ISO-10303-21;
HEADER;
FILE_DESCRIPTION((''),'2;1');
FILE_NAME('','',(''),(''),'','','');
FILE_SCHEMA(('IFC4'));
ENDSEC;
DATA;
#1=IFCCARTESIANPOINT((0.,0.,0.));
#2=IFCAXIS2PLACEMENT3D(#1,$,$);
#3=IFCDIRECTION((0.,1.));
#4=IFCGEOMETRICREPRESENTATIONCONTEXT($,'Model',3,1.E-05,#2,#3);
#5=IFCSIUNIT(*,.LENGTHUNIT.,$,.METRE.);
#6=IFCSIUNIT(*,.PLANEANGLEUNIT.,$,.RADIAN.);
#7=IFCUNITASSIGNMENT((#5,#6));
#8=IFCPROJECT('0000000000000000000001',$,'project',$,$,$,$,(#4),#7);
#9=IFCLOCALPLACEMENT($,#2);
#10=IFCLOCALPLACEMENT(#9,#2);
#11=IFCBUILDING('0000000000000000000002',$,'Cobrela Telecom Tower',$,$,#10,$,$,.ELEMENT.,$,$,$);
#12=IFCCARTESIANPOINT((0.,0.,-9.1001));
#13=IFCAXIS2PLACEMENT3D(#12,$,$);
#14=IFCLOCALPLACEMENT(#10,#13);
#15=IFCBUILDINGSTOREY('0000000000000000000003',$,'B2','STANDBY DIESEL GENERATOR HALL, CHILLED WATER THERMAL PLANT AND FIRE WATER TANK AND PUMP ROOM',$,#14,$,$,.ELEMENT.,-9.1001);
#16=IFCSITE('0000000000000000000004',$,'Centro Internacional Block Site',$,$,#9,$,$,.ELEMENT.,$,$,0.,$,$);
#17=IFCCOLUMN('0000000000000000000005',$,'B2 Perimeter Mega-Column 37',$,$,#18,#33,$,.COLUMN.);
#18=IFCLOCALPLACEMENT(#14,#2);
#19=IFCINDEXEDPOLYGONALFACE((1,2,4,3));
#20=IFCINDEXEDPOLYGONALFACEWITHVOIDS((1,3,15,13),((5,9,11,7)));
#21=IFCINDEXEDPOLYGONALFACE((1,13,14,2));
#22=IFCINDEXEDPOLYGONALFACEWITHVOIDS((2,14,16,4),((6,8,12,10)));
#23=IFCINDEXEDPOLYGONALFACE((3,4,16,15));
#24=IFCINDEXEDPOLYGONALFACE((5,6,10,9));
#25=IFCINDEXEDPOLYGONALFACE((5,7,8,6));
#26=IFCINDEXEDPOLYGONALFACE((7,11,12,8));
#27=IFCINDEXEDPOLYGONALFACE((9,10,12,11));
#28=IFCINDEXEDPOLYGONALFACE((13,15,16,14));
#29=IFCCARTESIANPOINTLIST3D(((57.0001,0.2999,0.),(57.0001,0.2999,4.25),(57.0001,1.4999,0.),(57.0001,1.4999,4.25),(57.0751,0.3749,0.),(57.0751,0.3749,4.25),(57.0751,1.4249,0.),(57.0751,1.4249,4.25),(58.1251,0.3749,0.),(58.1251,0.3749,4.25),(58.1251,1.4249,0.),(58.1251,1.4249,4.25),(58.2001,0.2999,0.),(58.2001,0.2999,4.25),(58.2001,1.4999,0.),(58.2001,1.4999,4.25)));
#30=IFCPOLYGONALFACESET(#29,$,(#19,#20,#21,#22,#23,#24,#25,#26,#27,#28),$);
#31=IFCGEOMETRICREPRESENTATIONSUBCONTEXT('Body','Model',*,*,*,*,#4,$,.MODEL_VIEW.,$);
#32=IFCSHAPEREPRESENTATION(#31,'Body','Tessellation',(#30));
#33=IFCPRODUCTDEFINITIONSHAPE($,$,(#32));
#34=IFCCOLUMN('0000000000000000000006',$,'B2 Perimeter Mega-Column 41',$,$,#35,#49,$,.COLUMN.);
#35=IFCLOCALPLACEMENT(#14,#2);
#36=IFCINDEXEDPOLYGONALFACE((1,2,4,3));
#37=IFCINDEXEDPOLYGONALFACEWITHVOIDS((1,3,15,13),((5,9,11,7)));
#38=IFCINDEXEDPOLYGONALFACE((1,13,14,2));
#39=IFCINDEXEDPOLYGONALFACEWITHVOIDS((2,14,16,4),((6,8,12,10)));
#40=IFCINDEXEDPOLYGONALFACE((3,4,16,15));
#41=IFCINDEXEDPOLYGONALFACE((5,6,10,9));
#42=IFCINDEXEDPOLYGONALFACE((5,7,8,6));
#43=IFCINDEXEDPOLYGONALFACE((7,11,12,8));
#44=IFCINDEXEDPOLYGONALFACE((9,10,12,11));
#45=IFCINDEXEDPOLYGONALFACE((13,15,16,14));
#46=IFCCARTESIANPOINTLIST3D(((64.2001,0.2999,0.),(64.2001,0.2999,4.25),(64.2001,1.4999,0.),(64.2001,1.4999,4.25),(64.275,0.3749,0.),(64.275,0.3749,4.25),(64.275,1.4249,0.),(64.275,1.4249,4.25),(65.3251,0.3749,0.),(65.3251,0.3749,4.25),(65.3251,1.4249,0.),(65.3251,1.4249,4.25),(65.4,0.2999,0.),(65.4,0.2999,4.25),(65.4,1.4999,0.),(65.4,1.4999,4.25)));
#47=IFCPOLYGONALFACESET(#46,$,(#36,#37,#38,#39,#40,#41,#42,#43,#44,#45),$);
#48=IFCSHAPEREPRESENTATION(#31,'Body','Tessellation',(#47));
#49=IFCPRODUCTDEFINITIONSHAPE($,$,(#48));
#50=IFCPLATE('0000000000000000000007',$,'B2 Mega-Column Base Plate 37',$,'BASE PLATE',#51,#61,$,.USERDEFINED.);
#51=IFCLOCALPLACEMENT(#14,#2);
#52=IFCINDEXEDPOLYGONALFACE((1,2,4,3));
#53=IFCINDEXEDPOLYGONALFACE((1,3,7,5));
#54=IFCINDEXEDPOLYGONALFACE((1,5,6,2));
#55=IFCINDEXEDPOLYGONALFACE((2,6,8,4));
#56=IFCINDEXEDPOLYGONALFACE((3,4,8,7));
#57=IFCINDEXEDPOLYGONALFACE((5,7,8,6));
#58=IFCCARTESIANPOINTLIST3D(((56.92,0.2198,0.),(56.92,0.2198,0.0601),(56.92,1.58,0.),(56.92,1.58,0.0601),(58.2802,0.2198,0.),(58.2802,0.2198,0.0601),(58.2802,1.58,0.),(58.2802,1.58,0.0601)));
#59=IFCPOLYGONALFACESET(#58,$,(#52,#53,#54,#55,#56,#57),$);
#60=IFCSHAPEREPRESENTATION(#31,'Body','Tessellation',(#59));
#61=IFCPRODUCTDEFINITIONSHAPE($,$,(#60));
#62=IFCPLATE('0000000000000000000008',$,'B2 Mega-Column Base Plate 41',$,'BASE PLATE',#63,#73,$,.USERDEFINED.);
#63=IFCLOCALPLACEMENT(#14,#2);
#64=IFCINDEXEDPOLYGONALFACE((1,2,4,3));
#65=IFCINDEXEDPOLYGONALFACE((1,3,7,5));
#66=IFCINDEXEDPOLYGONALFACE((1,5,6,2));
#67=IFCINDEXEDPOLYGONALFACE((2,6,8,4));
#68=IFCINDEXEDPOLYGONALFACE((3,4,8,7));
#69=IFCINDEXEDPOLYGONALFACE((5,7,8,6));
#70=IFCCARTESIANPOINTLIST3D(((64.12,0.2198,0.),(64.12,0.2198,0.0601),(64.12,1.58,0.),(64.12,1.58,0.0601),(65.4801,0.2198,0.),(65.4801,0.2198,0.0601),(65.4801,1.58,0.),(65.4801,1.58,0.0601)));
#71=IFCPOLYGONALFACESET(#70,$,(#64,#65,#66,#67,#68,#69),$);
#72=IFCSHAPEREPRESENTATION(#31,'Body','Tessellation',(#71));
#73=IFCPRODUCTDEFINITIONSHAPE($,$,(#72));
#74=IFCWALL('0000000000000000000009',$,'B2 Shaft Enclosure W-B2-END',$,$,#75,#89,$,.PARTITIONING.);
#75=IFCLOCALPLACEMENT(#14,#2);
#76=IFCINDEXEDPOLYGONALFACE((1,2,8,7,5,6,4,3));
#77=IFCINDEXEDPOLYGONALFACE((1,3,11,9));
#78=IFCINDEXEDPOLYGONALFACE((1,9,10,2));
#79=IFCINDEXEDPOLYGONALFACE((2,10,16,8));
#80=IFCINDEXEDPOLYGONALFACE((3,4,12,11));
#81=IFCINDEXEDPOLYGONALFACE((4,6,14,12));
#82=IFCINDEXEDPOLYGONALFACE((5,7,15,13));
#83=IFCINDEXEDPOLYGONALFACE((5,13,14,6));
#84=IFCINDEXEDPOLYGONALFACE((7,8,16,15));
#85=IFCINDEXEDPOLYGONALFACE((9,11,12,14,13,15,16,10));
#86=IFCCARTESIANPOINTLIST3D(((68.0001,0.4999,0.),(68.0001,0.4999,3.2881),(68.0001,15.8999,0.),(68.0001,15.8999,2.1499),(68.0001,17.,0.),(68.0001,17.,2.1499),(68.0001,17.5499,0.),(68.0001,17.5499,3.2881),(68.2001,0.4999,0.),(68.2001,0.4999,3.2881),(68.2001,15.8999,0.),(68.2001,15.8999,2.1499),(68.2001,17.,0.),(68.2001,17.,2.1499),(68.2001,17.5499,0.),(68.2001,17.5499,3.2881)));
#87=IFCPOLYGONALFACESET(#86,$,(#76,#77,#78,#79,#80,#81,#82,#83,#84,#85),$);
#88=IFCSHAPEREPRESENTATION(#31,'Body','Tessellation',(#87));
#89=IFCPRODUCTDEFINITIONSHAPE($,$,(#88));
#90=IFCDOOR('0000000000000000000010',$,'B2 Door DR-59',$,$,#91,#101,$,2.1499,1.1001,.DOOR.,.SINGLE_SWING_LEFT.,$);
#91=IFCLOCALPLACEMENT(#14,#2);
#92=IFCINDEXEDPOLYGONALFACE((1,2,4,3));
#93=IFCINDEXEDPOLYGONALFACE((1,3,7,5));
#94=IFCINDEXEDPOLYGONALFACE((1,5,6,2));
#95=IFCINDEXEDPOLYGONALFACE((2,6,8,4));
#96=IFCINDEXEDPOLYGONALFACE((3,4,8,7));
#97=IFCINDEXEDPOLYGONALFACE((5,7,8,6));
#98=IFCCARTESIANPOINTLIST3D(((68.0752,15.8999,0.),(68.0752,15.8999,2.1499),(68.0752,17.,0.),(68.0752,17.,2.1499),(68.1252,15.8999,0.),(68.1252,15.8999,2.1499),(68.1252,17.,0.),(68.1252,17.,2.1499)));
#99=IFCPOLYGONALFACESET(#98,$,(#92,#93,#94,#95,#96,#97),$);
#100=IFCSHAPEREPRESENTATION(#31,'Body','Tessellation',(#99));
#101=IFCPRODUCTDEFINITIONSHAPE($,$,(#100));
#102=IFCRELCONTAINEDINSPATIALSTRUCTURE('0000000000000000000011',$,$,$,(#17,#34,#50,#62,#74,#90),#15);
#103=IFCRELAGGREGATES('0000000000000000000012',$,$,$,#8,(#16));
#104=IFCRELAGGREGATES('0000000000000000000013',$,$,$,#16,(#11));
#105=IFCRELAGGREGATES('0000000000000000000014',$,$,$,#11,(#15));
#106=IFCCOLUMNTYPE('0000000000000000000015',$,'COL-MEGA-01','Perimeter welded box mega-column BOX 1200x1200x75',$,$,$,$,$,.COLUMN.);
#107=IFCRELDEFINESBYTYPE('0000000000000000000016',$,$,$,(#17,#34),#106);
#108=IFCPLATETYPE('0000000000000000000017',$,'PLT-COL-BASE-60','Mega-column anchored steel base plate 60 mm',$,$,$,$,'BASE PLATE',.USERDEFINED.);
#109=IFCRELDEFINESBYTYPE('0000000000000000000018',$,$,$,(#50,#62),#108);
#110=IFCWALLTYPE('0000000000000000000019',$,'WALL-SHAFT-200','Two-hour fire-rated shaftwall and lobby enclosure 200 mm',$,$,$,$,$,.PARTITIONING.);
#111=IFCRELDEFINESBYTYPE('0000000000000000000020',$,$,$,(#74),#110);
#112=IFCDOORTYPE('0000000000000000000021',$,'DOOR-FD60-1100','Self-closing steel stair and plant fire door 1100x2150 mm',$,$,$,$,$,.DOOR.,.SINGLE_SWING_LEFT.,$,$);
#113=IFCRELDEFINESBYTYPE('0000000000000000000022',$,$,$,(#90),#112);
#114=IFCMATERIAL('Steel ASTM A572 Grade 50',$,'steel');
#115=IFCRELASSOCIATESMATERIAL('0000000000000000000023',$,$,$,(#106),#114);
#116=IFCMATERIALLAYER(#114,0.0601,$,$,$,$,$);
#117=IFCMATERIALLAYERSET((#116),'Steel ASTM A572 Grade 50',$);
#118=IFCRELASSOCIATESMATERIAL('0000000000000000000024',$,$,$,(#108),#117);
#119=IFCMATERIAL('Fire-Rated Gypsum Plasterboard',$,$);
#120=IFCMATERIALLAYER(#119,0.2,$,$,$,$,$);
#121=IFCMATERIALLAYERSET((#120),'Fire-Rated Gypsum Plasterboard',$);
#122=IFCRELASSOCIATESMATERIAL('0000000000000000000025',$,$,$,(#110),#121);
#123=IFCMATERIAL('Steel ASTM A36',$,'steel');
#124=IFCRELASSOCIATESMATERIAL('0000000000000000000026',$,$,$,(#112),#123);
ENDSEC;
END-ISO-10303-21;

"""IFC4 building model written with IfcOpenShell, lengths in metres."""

from ifc_helpers import new_model, si_unit, direction, frame, frame_2d, origin, origin_2d, place, context, subcontext, project, spatial, rectangle, hollow_rectangle, extrude, material, layer, layer_set, material_profile, profile_set, type_object, element, fill, save


model = new_model("IFC4")

# Units and contexts
model_context = context("Model", 3, precision=1e-05, world=origin(), true_north=direction((0.0, 1.0)))
body_context = subcontext(model_context, "Body", "Model", "MODEL_VIEW")
ifc_project = project(units=[si_unit("LENGTHUNIT", "METRE"), si_unit("PLANEANGLEUNIT", "RADIAN")], contexts=[model_context])

# Site, building, storey
site_placement = place(None, origin())
site = spatial("IfcSite", under=ifc_project, at=site_placement, Name="Centro Internacional Block Site", CompositionType="ELEMENT", RefElevation=0.0)
building_placement = place(site_placement, origin())
building = spatial("IfcBuilding", under=site, at=building_placement, Name="Cobrela Telecom Tower", CompositionType="ELEMENT")
storey_placement = place(building_placement, frame((0.0, 0.0, -9.1001)))
storey = spatial("IfcBuildingStorey", under=building, at=storey_placement, Name="B2", Description="STANDBY DIESEL GENERATOR HALL, CHILLED WATER THERMAL PLANT AND FIRE WATER TANK AND PUMP ROOM", CompositionType="ELEMENT", Elevation=-9.1001)

# Columns
ifc_material_1 = material(Name="Steel ASTM A572 Grade 50", Category="steel")
ifc_material_profile_1 = material_profile(ifc_material_1, hollow_rectangle(XDim=1.2, YDim=1.2, WallThickness=0.075, at=origin_2d()), Name="BOX 1200x1200x75")
ifc_profile_set_1 = profile_set([ifc_material_profile_1], Name="Steel ASTM A572 Grade 50")
column_type_1 = type_object("IfcColumnType", Name="COL-MEGA-01", Description="Perimeter welded box mega-column BOX 1200x1200x75", PredefinedType="COLUMN", material=ifc_profile_set_1)
for number, where, z_axis, x_axis, name in (
    (1, (57.6001, 0.8999, 0.0), (0.0, 0.0, 1.0), (1.0, 0.0, 0.0), "B2 Perimeter Mega-Column 37"),
    (2, (64.8, 0.8999, 0.0), (0.0, 0.0, 1.0), (1.0, 0.0, 0.0), "B2 Perimeter Mega-Column 41"),
):
    element("IfcColumn", number, at=place(storey_placement, frame(where, z_axis=z_axis, x_axis=x_axis)), inside=storey, type_object=column_type_1, Name=name, PredefinedType="COLUMN", context=body_context, shape_type="SweptSolid", body=[
        extrude(hollow_rectangle(XDim=1.2, YDim=1.2, WallThickness=0.075, at=origin_2d()), origin(), (0.0, 0.0, 1.0), 4.25),
    ])

# Plates
ifc_layer_1 = layer(ifc_material_1, 0.0601)
ifc_layer_set_1 = layer_set([ifc_layer_1], Name="Steel ASTM A572 Grade 50")
plate_type = type_object("IfcPlateType", Name="PLT-COL-BASE-60", Description="Mega-column anchored steel base plate 60 mm", ElementType="BASE PLATE", PredefinedType="USERDEFINED", material=ifc_layer_set_1)
for number, where, z_axis, x_axis, name in (
    (3, (57.6001, 0.8999, 0.0), (0.0, 0.0, 1.0), (1.0, 0.0, 0.0), "B2 Mega-Column Base Plate 37"),
    (4, (64.8, 0.8999, 0.0), (0.0, 0.0, 1.0), (1.0, 0.0, 0.0), "B2 Mega-Column Base Plate 41"),
):
    element("IfcPlate", number, at=place(storey_placement, frame(where, z_axis=z_axis, x_axis=x_axis)), inside=storey, type_object=plate_type, Name=name, ObjectType="BASE PLATE", PredefinedType="USERDEFINED", context=body_context, shape_type="SweptSolid", body=[
        extrude(rectangle(XDim=1.3601, YDim=1.3601, at=origin_2d()), origin(), (0.0, 0.0, 1.0), 0.0601),
    ])

# Wall, opening, door
ifc_material_2 = material(Name="Fire-Rated Gypsum Plasterboard")
ifc_layer_2 = layer(ifc_material_2, 0.2)
ifc_layer_set_2 = layer_set([ifc_layer_2], Name="Fire-Rated Gypsum Plasterboard")
wall_type = type_object("IfcWallType", Name="WALL-SHAFT-200", Description="Two-hour fire-rated shaftwall and lobby enclosure 200 mm", PredefinedType="PARTITIONING", material=ifc_layer_set_2)
wall_placement = place(storey_placement, frame((68.1001, 0.5, 0.0), z_axis=(0.0, 0.0, 1.0), x_axis=(0.0, 1.0, 0.0)))
wall = element("IfcWall", 5, at=wall_placement, inside=storey, type_object=wall_type, Name="B2 Shaft Enclosure W-B2-END", PredefinedType="PARTITIONING", context=body_context, shape_type="SweptSolid", body=[
    extrude(rectangle(XDim=17.05, YDim=0.2, at=frame_2d((8.5249, 0.0))), origin(), (0.0, 0.0, 1.0), 3.2881),
])
opening_placement = place(wall_placement, frame((15.3999, 0.0, 0.0)))
opening = element("IfcOpeningElement", 6, at=opening_placement, cuts=wall, PredefinedType="OPENING", context=body_context, shape_type="SweptSolid", body=[
    extrude(rectangle(XDim=1.1001, YDim=2.1499, at=frame_2d((0.55, 1.075))), frame((0.0, 0.1118, 0.0), z_axis=(0.0, -1.0, 0.0), x_axis=(1.0, 0.0, 0.0)), (0.0, 0.0, 1.0), 0.2239),
])
ifc_material_3 = material(Name="Steel ASTM A36", Category="steel")
door_type = type_object("IfcDoorType", Name="DOOR-FD60-1100", Description="Self-closing steel stair and plant fire door 1100x2150 mm", OperationType="SINGLE_SWING_LEFT", PredefinedType="DOOR", material=ifc_material_3)
door_placement = place(opening_placement, origin())
door = element("IfcDoor", 7, at=door_placement, inside=storey, type_object=door_type, Name="B2 Door DR-59", OperationType="SINGLE_SWING_LEFT", OverallHeight=2.1499, OverallWidth=1.1001, PredefinedType="DOOR", context=body_context, shape_type="SweptSolid", body=[
    extrude(rectangle(XDim=1.1001, YDim=2.1499, at=frame_2d((0.55, 1.075))), frame((0.0, 0.0249, 0.0), z_axis=(0.0, -1.0, 0.0), x_axis=(1.0, 0.0, 0.0)), (0.0, 0.0, 1.0), 0.05),
])
fill(opening, door)

save(model, "model.ifc")
